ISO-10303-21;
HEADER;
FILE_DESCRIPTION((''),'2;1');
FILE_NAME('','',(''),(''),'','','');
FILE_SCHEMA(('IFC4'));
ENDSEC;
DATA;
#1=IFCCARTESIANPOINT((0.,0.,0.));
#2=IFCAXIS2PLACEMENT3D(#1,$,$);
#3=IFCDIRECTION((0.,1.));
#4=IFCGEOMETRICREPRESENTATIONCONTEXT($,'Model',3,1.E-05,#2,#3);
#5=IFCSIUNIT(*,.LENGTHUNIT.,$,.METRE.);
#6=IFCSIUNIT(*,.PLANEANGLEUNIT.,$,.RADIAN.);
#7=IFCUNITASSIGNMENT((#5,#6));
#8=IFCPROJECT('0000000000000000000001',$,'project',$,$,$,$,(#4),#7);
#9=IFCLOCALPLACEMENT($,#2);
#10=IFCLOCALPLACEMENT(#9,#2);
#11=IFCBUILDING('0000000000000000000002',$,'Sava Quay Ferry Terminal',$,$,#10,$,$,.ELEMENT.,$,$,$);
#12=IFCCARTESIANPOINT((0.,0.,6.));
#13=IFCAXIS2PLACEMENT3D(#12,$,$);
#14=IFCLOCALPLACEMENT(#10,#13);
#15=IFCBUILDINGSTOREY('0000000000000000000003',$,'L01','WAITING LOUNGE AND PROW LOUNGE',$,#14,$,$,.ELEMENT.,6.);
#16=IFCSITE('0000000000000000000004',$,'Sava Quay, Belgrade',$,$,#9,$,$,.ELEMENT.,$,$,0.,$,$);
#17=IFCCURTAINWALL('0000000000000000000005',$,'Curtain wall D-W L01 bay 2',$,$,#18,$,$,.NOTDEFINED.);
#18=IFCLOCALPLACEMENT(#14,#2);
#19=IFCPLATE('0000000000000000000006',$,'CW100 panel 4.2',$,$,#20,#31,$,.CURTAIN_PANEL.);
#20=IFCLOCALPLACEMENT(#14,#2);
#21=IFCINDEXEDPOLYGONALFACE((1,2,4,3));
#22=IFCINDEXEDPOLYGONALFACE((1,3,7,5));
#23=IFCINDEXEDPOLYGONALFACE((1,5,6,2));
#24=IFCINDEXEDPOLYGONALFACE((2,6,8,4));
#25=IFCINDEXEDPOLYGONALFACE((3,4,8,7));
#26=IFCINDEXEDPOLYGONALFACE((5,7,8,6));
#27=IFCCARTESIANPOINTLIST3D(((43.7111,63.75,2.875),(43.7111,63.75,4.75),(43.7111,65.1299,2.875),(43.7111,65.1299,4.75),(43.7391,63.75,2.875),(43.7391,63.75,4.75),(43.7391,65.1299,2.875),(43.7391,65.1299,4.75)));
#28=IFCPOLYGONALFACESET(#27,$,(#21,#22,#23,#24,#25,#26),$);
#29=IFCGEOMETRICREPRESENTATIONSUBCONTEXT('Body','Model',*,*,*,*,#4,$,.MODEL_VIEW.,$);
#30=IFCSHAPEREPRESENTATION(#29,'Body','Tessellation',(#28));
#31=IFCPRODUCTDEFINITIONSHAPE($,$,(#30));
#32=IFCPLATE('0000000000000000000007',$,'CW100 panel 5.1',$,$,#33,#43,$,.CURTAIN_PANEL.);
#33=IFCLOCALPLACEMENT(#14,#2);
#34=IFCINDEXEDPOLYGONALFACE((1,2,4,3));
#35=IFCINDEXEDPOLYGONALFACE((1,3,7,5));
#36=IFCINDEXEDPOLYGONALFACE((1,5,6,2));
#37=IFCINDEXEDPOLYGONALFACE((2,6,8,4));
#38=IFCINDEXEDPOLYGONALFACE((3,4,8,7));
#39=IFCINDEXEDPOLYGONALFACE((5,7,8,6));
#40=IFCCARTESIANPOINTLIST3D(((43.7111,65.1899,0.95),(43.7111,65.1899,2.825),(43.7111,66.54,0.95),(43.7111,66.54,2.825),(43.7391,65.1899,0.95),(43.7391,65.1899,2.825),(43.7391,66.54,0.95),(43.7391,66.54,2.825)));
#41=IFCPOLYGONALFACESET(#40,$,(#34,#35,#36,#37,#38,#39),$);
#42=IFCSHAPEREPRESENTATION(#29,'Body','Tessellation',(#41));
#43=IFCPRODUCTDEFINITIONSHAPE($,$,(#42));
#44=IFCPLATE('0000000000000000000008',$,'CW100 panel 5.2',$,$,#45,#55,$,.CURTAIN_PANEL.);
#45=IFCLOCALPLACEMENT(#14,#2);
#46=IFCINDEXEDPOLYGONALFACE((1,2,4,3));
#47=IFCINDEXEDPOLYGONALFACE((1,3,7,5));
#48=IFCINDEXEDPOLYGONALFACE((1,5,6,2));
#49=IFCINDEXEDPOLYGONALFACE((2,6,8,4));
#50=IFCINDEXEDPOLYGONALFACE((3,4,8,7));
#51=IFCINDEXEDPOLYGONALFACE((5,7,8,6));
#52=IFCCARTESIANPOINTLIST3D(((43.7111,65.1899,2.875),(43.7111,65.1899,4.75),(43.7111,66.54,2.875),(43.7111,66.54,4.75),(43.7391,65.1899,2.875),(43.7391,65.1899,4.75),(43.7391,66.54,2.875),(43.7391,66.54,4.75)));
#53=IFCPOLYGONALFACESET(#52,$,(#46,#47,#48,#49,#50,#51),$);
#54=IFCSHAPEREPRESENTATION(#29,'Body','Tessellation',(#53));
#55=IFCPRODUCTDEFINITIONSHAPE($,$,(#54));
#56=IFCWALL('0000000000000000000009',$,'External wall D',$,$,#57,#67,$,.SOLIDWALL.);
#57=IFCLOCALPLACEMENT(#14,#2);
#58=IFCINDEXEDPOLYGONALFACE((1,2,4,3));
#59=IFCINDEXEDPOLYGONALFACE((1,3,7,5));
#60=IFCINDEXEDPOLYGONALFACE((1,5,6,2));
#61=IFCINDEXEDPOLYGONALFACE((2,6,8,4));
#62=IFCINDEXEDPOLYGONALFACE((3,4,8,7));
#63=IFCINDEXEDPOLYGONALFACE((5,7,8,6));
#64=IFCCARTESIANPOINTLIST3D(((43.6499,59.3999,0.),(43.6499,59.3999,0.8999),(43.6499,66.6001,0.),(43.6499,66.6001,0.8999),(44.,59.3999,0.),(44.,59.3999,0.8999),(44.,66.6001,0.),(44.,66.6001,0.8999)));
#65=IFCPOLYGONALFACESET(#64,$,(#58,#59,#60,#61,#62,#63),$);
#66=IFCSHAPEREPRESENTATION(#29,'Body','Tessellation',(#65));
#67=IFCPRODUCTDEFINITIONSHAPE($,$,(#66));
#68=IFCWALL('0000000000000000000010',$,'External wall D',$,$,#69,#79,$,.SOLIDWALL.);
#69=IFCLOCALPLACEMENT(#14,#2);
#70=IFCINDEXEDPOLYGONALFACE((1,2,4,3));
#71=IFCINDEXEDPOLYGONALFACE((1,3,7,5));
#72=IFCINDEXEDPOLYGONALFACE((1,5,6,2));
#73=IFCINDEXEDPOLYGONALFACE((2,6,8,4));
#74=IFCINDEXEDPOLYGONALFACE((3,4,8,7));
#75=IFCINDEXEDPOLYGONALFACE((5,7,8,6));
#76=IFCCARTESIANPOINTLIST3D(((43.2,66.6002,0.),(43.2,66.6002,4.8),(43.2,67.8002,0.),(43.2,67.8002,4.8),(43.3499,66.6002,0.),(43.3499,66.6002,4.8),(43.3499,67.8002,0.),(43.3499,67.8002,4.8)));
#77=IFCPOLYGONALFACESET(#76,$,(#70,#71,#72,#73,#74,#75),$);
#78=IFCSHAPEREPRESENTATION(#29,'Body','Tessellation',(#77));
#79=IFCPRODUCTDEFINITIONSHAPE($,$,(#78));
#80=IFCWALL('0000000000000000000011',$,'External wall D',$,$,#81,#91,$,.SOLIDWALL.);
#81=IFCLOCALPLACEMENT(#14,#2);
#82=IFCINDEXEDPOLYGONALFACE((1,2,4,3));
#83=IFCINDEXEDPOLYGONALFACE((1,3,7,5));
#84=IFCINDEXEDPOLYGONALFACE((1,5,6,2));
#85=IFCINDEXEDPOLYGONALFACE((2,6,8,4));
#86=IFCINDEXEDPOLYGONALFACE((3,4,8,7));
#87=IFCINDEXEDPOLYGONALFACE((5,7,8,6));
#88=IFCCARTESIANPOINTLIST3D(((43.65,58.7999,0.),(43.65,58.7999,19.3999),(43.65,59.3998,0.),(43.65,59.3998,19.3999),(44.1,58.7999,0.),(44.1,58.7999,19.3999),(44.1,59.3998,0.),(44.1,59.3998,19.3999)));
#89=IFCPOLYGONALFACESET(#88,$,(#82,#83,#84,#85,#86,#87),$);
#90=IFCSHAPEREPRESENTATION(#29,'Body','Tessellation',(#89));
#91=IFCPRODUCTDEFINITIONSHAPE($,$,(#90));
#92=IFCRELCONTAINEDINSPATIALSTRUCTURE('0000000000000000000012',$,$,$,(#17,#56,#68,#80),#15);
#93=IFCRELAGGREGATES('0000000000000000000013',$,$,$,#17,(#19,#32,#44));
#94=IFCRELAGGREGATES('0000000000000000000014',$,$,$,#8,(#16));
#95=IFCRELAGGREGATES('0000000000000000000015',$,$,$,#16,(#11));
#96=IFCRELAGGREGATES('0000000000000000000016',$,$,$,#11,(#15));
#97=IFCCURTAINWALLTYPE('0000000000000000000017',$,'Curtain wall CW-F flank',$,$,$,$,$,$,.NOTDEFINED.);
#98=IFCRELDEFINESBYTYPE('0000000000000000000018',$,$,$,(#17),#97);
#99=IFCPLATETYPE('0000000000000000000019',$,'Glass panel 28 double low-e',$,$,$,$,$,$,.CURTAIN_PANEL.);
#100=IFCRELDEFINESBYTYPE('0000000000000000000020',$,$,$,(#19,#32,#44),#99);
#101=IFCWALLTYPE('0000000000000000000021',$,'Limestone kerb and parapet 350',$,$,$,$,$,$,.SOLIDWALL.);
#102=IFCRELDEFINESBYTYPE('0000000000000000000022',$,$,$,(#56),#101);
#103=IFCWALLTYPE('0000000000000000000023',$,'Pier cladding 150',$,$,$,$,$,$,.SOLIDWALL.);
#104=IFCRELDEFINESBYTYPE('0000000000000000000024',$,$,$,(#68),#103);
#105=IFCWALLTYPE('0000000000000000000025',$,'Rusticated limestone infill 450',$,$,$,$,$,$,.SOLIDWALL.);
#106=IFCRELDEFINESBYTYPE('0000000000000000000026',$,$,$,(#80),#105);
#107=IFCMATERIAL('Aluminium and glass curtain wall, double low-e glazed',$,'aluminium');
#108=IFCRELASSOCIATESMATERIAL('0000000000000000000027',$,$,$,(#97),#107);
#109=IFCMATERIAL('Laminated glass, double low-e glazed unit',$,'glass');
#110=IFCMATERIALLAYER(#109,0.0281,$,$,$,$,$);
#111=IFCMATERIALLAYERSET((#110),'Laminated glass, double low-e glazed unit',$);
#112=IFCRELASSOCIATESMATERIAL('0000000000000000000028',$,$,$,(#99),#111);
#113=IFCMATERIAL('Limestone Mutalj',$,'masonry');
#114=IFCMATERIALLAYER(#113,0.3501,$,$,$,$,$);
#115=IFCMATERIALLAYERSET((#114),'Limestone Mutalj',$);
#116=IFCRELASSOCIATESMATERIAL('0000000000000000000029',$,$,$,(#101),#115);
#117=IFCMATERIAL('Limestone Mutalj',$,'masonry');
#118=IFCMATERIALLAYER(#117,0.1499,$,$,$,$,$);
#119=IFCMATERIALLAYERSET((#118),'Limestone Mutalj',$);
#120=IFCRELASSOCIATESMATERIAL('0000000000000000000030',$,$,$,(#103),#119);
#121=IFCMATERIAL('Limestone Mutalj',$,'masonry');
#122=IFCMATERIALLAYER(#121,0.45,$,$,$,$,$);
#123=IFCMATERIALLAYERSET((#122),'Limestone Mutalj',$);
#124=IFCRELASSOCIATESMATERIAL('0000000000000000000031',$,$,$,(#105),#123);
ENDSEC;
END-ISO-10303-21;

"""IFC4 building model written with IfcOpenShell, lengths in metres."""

from ifc_helpers import new_model, si_unit, direction, frame, frame_2d, origin, origin_2d, place, context, subcontext, project, spatial, rectangle, extrude, material, layer, layer_set, type_object, element, aggregate, save


model = new_model("IFC4")

# Units and contexts
model_context = context("Model", 3, precision=1e-05, world=origin(), true_north=direction((0.0, 1.0)))
body_context = subcontext(model_context, "Body", "Model", "MODEL_VIEW")
ifc_project = project(units=[si_unit("LENGTHUNIT", "METRE"), si_unit("PLANEANGLEUNIT", "RADIAN")], contexts=[model_context])

# Site, building, storey
site_placement = place(None, origin())
site = spatial("IfcSite", under=ifc_project, at=site_placement, Name="Sava Quay, Belgrade", CompositionType="ELEMENT", RefElevation=0.0)
building_placement = place(site_placement, origin())
building = spatial("IfcBuilding", under=site, at=building_placement, Name="Sava Quay Ferry Terminal", CompositionType="ELEMENT")
storey_placement = place(building_placement, frame((0.0, 0.0, 6.0)))
storey = spatial("IfcBuildingStorey", under=building, at=storey_placement, Name="L01", Description="WAITING LOUNGE AND PROW LOUNGE", CompositionType="ELEMENT", Elevation=6.0)

# Curtain wall, plates
ifc_material_1 = material(Name="Aluminium and glass curtain wall, double low-e glazed", Category="aluminium")
curtain_wall_type = type_object("IfcCurtainWallType", Name="Curtain wall CW-F flank", PredefinedType="NOTDEFINED", material=ifc_material_1)
curtain_wall_placement = place(storey_placement, origin())
curtain_wall = element("IfcCurtainWall", 1, at=curtain_wall_placement, inside=storey, type_object=curtain_wall_type, Name="Curtain wall D-W L01 bay 2", PredefinedType="NOTDEFINED")
ifc_material_2 = material(Name="Laminated glass, double low-e glazed unit", Category="glass")
ifc_layer_1 = layer(ifc_material_2, 0.0281)
ifc_layer_set_1 = layer_set([ifc_layer_1], Name="Laminated glass, double low-e glazed unit")
plate_type = type_object("IfcPlateType", Name="Glass panel 28 double low-e", PredefinedType="CURTAIN_PANEL", material=ifc_layer_set_1)
plate_1_placement = place(storey_placement, frame((43.7251, 64.4399, 2.875), z_axis=(0.0, 0.0, 1.0), x_axis=(0.0, 1.0, 0.0)))
plate_1 = element("IfcPlate", 2, at=plate_1_placement, type_object=plate_type, Name="CW100 panel 4.2", PredefinedType="CURTAIN_PANEL", context=body_context, shape_type="SweptSolid", body=[
    extrude(rectangle(XDim=1.3799, YDim=0.0281, at=origin_2d()), origin(), (0.0, 0.0, 1.0), 1.875),
])
plate_2_placement = place(storey_placement, frame((43.7251, 65.865, 0.95), z_axis=(0.0, 0.0, 1.0), x_axis=(0.0, 1.0, 0.0)))
plate_2 = element("IfcPlate", 3, at=plate_2_placement, type_object=plate_type, Name="CW100 panel 5.1", PredefinedType="CURTAIN_PANEL", context=body_context, shape_type="SweptSolid", body=[
    extrude(rectangle(XDim=1.3501, YDim=0.0281, at=origin_2d()), origin(), (0.0, 0.0, 1.0), 1.875),
])
plate_3_placement = place(storey_placement, frame((43.7251, 65.865, 2.875), z_axis=(0.0, 0.0, 1.0), x_axis=(0.0, 1.0, 0.0)))
plate_3 = element("IfcPlate", 4, at=plate_3_placement, type_object=plate_type, Name="CW100 panel 5.2", PredefinedType="CURTAIN_PANEL", context=body_context, shape_type="SweptSolid", body=[
    extrude(rectangle(XDim=1.3501, YDim=0.0281, at=origin_2d()), origin(), (0.0, 0.0, 1.0), 1.875),
])
aggregate(curtain_wall, [plate_1, plate_2, plate_3])

# Walls
ifc_material_3 = material(Name="Limestone Mutalj", Category="masonry")
ifc_layer_2 = layer(ifc_material_3, 0.3501)
ifc_layer_set_2 = layer_set([ifc_layer_2], Name="Limestone Mutalj")
wall_type_1 = type_object("IfcWallType", Name="Limestone kerb and parapet 350", PredefinedType="SOLIDWALL", material=ifc_layer_set_2)
wall_1_placement = place(storey_placement, frame((43.825, 59.3999, 0.0), z_axis=(0.0, 0.0, 1.0), x_axis=(0.0, 1.0, 0.0)))
element("IfcWall", 5, at=wall_1_placement, inside=storey, type_object=wall_type_1, Name="External wall D", PredefinedType="SOLIDWALL", context=body_context, shape_type="SweptSolid", body=[
    extrude(rectangle(XDim=7.2002, YDim=0.3501, at=frame_2d((3.6001, 0.0))), origin(), (0.0, 0.0, 1.0), 0.8999),
])
ifc_material_4 = material(Name="Limestone Mutalj", Category="masonry")
ifc_layer_3 = layer(ifc_material_4, 0.1499)
ifc_layer_set_3 = layer_set([ifc_layer_3], Name="Limestone Mutalj")
wall_type_2 = type_object("IfcWallType", Name="Pier cladding 150", PredefinedType="SOLIDWALL", material=ifc_layer_set_3)
wall_2_placement = place(storey_placement, frame((43.2749, 66.6001, 0.0), z_axis=(0.0, 0.0, 1.0), x_axis=(0.0, 1.0, 0.0)))
element("IfcWall", 6, at=wall_2_placement, inside=storey, type_object=wall_type_2, Name="External wall D", PredefinedType="SOLIDWALL", context=body_context, shape_type="SweptSolid", body=[
    extrude(rectangle(XDim=1.2, YDim=0.1499, at=frame_2d((0.6001, 0.0))), origin(), (0.0, 0.0, 1.0), 4.8),
])
ifc_material_5 = material(Name="Limestone Mutalj", Category="masonry")
ifc_layer_4 = layer(ifc_material_5, 0.45)
ifc_layer_set_4 = layer_set([ifc_layer_4], Name="Limestone Mutalj")
wall_type_3 = type_object("IfcWallType", Name="Rusticated limestone infill 450", PredefinedType="SOLIDWALL", material=ifc_layer_set_4)
wall_3_placement = place(storey_placement, frame((43.875, 58.8, 0.0), z_axis=(0.0, 0.0, 1.0), x_axis=(0.0, 1.0, 0.0)))
element("IfcWall", 7, at=wall_3_placement, inside=storey, type_object=wall_type_3, Name="External wall D", PredefinedType="SOLIDWALL", context=body_context, shape_type="SweptSolid", body=[
    extrude(rectangle(XDim=0.5999, YDim=0.45, at=frame_2d((0.2998, 0.0))), origin(), (0.0, 0.0, 1.0), 19.3999),
])

save(model, "model.ifc")
